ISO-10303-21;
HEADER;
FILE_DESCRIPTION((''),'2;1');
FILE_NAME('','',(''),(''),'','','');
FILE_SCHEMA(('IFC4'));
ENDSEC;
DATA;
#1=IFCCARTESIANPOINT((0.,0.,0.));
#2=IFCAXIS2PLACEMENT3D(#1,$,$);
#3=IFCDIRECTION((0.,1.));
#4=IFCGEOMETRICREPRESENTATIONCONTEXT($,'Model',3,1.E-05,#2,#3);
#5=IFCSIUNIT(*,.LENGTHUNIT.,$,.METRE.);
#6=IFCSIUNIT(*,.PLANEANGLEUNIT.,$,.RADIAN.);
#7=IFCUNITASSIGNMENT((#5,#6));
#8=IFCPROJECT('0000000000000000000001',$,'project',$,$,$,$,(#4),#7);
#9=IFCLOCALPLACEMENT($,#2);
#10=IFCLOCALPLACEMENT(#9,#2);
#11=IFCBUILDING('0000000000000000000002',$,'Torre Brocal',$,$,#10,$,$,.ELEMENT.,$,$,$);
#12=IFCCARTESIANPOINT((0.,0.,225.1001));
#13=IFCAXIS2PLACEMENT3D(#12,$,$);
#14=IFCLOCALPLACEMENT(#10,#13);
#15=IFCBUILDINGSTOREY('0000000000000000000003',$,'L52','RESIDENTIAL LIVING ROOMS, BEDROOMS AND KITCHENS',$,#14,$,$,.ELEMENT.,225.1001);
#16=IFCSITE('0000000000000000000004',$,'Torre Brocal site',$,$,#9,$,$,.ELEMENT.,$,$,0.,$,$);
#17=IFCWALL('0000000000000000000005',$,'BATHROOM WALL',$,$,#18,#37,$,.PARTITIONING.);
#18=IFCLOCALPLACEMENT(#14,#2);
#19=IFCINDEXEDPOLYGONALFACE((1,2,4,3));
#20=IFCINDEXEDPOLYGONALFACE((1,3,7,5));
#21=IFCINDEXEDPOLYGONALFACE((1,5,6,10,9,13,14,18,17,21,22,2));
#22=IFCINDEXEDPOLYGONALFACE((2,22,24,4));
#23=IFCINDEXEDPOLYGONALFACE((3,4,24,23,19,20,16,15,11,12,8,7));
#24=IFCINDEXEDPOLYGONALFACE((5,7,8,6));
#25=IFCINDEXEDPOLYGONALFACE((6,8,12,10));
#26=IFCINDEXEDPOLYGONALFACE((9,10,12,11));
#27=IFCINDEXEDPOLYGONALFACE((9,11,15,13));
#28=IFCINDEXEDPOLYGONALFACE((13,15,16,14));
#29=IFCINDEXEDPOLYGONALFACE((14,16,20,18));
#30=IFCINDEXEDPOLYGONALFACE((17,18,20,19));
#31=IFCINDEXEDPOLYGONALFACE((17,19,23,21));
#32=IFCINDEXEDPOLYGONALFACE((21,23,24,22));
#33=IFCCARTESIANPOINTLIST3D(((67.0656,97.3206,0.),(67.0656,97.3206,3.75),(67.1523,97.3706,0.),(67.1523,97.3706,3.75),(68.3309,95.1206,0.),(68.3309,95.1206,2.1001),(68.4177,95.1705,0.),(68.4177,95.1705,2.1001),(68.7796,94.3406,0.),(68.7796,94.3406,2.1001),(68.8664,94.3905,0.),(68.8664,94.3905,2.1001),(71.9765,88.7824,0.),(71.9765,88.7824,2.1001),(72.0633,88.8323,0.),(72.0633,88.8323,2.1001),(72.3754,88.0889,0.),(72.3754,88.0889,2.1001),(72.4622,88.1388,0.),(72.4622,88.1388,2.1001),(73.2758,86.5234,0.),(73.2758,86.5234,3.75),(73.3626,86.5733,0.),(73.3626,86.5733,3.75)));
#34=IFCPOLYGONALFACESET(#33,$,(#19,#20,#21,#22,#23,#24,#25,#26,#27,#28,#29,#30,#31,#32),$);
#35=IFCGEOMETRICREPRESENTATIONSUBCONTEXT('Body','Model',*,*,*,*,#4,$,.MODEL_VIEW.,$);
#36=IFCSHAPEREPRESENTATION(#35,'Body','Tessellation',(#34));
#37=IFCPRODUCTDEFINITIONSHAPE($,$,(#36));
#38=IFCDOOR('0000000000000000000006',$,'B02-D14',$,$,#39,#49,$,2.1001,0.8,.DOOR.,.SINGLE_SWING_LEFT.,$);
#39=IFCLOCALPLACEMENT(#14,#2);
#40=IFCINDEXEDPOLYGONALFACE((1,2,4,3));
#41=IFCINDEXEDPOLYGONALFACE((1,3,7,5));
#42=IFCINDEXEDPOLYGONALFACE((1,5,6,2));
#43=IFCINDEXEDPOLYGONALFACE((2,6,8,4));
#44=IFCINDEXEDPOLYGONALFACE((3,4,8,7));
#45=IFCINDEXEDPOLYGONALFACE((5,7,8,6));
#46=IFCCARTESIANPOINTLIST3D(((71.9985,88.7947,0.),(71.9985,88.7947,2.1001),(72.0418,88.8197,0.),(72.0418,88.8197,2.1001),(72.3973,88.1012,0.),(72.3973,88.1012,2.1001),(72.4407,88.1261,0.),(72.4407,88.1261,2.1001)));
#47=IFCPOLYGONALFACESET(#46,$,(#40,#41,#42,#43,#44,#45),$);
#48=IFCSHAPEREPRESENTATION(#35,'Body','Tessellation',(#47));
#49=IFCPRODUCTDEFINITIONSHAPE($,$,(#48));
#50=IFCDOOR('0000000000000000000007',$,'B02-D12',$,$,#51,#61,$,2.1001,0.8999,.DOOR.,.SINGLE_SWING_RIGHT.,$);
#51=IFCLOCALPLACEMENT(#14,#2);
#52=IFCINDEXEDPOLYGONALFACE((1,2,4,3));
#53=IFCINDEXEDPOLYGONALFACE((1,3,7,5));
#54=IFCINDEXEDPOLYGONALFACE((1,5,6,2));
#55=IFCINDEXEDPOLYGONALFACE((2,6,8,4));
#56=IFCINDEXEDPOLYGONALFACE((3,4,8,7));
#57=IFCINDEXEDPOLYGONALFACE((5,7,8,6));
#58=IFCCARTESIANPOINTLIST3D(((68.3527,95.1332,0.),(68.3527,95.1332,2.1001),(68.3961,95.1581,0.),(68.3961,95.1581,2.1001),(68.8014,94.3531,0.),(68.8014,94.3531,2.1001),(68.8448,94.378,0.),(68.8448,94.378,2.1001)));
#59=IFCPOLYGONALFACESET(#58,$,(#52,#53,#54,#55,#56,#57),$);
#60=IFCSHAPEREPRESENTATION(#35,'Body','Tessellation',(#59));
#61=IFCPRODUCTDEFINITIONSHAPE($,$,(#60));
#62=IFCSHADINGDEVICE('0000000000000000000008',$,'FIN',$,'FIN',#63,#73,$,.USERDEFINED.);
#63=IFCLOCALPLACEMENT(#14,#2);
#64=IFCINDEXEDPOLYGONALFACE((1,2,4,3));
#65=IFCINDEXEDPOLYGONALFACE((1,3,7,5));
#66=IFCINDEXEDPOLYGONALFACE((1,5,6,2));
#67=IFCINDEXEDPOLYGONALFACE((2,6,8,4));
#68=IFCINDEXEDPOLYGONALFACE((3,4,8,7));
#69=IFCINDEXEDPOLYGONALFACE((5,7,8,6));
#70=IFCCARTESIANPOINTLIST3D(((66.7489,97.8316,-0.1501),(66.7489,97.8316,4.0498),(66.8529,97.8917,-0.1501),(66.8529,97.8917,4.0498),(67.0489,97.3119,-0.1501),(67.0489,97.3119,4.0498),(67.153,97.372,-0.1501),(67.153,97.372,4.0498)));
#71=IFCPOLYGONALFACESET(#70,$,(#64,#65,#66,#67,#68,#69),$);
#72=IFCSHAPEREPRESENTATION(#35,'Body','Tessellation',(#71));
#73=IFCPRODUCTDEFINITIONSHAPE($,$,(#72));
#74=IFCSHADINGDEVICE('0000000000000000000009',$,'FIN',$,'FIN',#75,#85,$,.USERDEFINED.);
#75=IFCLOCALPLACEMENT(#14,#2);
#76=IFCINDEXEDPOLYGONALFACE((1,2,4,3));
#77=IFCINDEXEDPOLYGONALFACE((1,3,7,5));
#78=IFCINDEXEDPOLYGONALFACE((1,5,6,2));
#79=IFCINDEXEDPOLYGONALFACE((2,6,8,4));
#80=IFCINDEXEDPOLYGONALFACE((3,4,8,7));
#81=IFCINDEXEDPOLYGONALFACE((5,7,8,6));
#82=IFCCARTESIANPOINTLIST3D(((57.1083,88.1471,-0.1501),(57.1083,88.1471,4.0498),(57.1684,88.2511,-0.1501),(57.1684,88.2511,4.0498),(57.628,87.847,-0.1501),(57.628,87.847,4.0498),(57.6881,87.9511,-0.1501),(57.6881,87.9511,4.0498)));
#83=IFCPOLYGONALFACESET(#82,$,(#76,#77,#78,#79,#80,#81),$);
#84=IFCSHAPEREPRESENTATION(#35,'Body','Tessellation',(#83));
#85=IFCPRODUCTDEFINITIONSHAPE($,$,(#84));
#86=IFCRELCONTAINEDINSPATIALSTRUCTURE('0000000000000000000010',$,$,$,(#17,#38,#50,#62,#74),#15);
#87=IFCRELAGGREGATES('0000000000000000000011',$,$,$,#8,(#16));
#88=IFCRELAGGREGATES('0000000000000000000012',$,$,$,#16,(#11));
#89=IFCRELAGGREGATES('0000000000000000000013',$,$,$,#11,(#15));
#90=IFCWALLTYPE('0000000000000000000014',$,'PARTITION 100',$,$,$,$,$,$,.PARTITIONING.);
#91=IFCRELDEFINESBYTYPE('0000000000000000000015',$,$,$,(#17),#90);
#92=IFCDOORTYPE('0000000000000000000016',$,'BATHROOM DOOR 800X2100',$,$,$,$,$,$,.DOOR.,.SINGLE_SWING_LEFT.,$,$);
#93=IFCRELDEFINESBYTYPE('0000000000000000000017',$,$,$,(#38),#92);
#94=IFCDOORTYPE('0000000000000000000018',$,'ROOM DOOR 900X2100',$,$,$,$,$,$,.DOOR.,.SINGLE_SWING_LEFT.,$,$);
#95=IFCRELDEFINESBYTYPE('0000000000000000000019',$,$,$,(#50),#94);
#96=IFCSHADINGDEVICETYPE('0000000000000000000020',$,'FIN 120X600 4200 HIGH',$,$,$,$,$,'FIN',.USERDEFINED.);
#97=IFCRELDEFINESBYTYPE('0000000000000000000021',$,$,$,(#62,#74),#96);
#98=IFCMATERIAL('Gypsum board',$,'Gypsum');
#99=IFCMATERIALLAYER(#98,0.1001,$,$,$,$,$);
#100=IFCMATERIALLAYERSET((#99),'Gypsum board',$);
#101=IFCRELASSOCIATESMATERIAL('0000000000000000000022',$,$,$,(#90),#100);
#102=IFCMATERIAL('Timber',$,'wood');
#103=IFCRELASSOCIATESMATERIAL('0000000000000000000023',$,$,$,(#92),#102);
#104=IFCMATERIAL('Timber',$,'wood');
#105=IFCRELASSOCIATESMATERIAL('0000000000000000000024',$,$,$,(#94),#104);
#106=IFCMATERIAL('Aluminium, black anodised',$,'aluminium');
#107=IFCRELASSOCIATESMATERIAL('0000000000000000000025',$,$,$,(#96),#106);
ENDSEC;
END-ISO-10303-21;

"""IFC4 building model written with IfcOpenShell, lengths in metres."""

from ifc_helpers import new_model, si_unit, direction, frame, frame_2d, origin, origin_2d, place, context, subcontext, project, spatial, rectangle, extrude, material, layer, layer_set, material_profile, profile_set, type_object, element, fill, save


model = new_model("IFC4")

# Units and contexts
model_context = context("Model", 3, precision=1e-05, world=origin(), true_north=direction((0.0, 1.0)))
body_context = subcontext(model_context, "Body", "Model", "MODEL_VIEW")
ifc_project = project(units=[si_unit("LENGTHUNIT", "METRE"), si_unit("PLANEANGLEUNIT", "RADIAN")], contexts=[model_context])

# Site, building, storey
site_placement = place(None, origin())
site = spatial("IfcSite", under=ifc_project, at=site_placement, Name="Torre Brocal site", CompositionType="ELEMENT", RefElevation=0.0)
building_placement = place(site_placement, origin())
building = spatial("IfcBuilding", under=site, at=building_placement, Name="Torre Brocal", CompositionType="ELEMENT")
storey_placement = place(building_placement, frame((0.0, 0.0, 225.1001)))
storey = spatial("IfcBuildingStorey", under=building, at=storey_placement, Name="L52", Description="RESIDENTIAL LIVING ROOMS, BEDROOMS AND KITCHENS", CompositionType="ELEMENT", Elevation=225.1001)

# Shared definitions
ifc_material_1 = material(Name="Gypsum board", Category="Gypsum")
ifc_layer_1 = layer(ifc_material_1, 0.1001)
ifc_layer_set_1 = layer_set([ifc_layer_1], Name="Gypsum board")
wall_type_1 = type_object("IfcWallType", Name="PARTITION 100", PredefinedType="PARTITIONING", material=ifc_layer_set_1)
ifc_material_2 = material(Name="Timber", Category="wood")
door_type_1 = type_object("IfcDoorType", Name="BATHROOM DOOR 800X2100", OperationType="SINGLE_SWING_LEFT", PredefinedType="DOOR", material=ifc_material_2)
ifc_material_3 = material(Name="Timber", Category="wood")
door_type_2 = type_object("IfcDoorType", Name="ROOM DOOR 900X2100", OperationType="SINGLE_SWING_LEFT", PredefinedType="DOOR", material=ifc_material_3)

# Wall, openings, doors
wall_1_placement = place(storey_placement, frame((67.1089, 97.3457, 0.0), z_axis=(0.0, 0.0, 1.0), x_axis=(0.498583, -0.866842, 0.0)))
wall_1 = element("IfcWall", 1, at=wall_1_placement, inside=storey, type_object=wall_type_1, Name="BATHROOM WALL", PredefinedType="PARTITIONING", context=body_context, shape_type="SweptSolid", body=[
    extrude(rectangle(XDim=12.4558, YDim=0.1001, at=frame_2d((6.228, 0.0))), origin(), (0.0, 0.0, 1.0), 3.75),
])
opening_1_placement = place(wall_1_placement, frame((2.5381, 0.0, 0.0)))
opening_1 = element("IfcOpeningElement", 2, at=opening_1_placement, cuts=wall_1, PredefinedType="OPENING", context=body_context, shape_type="SweptSolid", body=[
    extrude(rectangle(XDim=0.8999, YDim=2.1001, at=frame_2d((0.45, 1.05))), frame((0.0, 0.0601, 0.0), z_axis=(0.0, -1.0, 0.0), x_axis=(1.0, 0.0, 0.0)), (0.0, 0.0, 1.0), 0.1201),
])
opening_2_placement = place(wall_1_placement, frame((9.8501, 0.0, 0.0)))
opening_2 = element("IfcOpeningElement", 3, at=opening_2_placement, cuts=wall_1, PredefinedType="OPENING", context=body_context, shape_type="SweptSolid", body=[
    extrude(rectangle(XDim=0.8, YDim=2.1001, at=frame_2d((0.3999, 1.05))), frame((0.0, 0.0601, 0.0), z_axis=(0.0, -1.0, 0.0), x_axis=(1.0, 0.0, 0.0)), (0.0, 0.0, 1.0), 0.1201),
])
door_1_placement = place(opening_2_placement, frame((0.8, 0.0, 0.0), z_axis=(0.0, 0.0, 1.0), x_axis=(-1.0, 0.0, 0.0)))
door_1 = element("IfcDoor", 4, at=door_1_placement, inside=storey, type_object=door_type_1, Name="B02-D14", OperationType="SINGLE_SWING_LEFT", OverallHeight=2.1001, OverallWidth=0.8, PredefinedType="DOOR", context=body_context, shape_type="SweptSolid", body=[
    extrude(rectangle(XDim=0.8, YDim=2.1001, at=frame_2d((0.3999, 1.05))), frame((0.0, 0.0249, 0.0), z_axis=(0.0, -1.0, 0.0), x_axis=(1.0, 0.0, 0.0)), (0.0, 0.0, 1.0), 0.05),
])
fill(opening_2, door_1)
door_2_placement = place(opening_1_placement, frame((0.8999, 0.0, 0.0), z_axis=(0.0, 0.0, 1.0), x_axis=(-1.0, 0.0, 0.0)))
door_2 = element("IfcDoor", 5, at=door_2_placement, inside=storey, type_object=door_type_2, Name="B02-D12", OperationType="SINGLE_SWING_RIGHT", OverallHeight=2.1001, OverallWidth=0.8999, PredefinedType="DOOR", context=body_context, shape_type="SweptSolid", body=[
    extrude(rectangle(XDim=0.8999, YDim=2.1001, at=frame_2d((0.45, 1.05))), frame((0.0, 0.0249, 0.0), z_axis=(0.0, -1.0, 0.0), x_axis=(1.0, 0.0, 0.0)), (0.0, 0.0, 1.0), 0.05),
])
fill(opening_1, door_2)

# Shading devices
ifc_material_4 = material(Name="Aluminium, black anodised", Category="aluminium")
ifc_material_profile_1 = material_profile(ifc_material_4, rectangle(XDim=0.1201, YDim=0.6001, at=origin_2d()), Name="FIN 120X600 4200 HIGH")
ifc_profile_set_1 = profile_set([ifc_material_profile_1], Name="Aluminium, black anodised")
shading_device_type = type_object("IfcShadingDeviceType", Name="FIN 120X600 4200 HIGH", ElementType="FIN", PredefinedType="USERDEFINED", material=ifc_profile_set_1)
for number, where, z_axis, x_axis, name in (
    (6, (66.9509, 97.6018, -0.1501), (0.0, 0.0, 1.0), (-0.866025, -0.5, 0.0), "FIN"),
    (7, (57.3982, 88.0491, -0.1501), (0.0, 0.0, 1.0), (-0.5, -0.866025, 0.0), "FIN"),
):
    element("IfcShadingDevice", number, at=place(storey_placement, frame(where, z_axis=z_axis, x_axis=x_axis)), inside=storey, type_object=shading_device_type, Name=name, ObjectType="FIN", PredefinedType="USERDEFINED", context=body_context, shape_type="SweptSolid", body=[
        extrude(rectangle(XDim=0.1201, YDim=0.6001, at=origin_2d()), origin(), (0.0, 0.0, 1.0), 4.2),
    ])

save(model, "model.ifc")
